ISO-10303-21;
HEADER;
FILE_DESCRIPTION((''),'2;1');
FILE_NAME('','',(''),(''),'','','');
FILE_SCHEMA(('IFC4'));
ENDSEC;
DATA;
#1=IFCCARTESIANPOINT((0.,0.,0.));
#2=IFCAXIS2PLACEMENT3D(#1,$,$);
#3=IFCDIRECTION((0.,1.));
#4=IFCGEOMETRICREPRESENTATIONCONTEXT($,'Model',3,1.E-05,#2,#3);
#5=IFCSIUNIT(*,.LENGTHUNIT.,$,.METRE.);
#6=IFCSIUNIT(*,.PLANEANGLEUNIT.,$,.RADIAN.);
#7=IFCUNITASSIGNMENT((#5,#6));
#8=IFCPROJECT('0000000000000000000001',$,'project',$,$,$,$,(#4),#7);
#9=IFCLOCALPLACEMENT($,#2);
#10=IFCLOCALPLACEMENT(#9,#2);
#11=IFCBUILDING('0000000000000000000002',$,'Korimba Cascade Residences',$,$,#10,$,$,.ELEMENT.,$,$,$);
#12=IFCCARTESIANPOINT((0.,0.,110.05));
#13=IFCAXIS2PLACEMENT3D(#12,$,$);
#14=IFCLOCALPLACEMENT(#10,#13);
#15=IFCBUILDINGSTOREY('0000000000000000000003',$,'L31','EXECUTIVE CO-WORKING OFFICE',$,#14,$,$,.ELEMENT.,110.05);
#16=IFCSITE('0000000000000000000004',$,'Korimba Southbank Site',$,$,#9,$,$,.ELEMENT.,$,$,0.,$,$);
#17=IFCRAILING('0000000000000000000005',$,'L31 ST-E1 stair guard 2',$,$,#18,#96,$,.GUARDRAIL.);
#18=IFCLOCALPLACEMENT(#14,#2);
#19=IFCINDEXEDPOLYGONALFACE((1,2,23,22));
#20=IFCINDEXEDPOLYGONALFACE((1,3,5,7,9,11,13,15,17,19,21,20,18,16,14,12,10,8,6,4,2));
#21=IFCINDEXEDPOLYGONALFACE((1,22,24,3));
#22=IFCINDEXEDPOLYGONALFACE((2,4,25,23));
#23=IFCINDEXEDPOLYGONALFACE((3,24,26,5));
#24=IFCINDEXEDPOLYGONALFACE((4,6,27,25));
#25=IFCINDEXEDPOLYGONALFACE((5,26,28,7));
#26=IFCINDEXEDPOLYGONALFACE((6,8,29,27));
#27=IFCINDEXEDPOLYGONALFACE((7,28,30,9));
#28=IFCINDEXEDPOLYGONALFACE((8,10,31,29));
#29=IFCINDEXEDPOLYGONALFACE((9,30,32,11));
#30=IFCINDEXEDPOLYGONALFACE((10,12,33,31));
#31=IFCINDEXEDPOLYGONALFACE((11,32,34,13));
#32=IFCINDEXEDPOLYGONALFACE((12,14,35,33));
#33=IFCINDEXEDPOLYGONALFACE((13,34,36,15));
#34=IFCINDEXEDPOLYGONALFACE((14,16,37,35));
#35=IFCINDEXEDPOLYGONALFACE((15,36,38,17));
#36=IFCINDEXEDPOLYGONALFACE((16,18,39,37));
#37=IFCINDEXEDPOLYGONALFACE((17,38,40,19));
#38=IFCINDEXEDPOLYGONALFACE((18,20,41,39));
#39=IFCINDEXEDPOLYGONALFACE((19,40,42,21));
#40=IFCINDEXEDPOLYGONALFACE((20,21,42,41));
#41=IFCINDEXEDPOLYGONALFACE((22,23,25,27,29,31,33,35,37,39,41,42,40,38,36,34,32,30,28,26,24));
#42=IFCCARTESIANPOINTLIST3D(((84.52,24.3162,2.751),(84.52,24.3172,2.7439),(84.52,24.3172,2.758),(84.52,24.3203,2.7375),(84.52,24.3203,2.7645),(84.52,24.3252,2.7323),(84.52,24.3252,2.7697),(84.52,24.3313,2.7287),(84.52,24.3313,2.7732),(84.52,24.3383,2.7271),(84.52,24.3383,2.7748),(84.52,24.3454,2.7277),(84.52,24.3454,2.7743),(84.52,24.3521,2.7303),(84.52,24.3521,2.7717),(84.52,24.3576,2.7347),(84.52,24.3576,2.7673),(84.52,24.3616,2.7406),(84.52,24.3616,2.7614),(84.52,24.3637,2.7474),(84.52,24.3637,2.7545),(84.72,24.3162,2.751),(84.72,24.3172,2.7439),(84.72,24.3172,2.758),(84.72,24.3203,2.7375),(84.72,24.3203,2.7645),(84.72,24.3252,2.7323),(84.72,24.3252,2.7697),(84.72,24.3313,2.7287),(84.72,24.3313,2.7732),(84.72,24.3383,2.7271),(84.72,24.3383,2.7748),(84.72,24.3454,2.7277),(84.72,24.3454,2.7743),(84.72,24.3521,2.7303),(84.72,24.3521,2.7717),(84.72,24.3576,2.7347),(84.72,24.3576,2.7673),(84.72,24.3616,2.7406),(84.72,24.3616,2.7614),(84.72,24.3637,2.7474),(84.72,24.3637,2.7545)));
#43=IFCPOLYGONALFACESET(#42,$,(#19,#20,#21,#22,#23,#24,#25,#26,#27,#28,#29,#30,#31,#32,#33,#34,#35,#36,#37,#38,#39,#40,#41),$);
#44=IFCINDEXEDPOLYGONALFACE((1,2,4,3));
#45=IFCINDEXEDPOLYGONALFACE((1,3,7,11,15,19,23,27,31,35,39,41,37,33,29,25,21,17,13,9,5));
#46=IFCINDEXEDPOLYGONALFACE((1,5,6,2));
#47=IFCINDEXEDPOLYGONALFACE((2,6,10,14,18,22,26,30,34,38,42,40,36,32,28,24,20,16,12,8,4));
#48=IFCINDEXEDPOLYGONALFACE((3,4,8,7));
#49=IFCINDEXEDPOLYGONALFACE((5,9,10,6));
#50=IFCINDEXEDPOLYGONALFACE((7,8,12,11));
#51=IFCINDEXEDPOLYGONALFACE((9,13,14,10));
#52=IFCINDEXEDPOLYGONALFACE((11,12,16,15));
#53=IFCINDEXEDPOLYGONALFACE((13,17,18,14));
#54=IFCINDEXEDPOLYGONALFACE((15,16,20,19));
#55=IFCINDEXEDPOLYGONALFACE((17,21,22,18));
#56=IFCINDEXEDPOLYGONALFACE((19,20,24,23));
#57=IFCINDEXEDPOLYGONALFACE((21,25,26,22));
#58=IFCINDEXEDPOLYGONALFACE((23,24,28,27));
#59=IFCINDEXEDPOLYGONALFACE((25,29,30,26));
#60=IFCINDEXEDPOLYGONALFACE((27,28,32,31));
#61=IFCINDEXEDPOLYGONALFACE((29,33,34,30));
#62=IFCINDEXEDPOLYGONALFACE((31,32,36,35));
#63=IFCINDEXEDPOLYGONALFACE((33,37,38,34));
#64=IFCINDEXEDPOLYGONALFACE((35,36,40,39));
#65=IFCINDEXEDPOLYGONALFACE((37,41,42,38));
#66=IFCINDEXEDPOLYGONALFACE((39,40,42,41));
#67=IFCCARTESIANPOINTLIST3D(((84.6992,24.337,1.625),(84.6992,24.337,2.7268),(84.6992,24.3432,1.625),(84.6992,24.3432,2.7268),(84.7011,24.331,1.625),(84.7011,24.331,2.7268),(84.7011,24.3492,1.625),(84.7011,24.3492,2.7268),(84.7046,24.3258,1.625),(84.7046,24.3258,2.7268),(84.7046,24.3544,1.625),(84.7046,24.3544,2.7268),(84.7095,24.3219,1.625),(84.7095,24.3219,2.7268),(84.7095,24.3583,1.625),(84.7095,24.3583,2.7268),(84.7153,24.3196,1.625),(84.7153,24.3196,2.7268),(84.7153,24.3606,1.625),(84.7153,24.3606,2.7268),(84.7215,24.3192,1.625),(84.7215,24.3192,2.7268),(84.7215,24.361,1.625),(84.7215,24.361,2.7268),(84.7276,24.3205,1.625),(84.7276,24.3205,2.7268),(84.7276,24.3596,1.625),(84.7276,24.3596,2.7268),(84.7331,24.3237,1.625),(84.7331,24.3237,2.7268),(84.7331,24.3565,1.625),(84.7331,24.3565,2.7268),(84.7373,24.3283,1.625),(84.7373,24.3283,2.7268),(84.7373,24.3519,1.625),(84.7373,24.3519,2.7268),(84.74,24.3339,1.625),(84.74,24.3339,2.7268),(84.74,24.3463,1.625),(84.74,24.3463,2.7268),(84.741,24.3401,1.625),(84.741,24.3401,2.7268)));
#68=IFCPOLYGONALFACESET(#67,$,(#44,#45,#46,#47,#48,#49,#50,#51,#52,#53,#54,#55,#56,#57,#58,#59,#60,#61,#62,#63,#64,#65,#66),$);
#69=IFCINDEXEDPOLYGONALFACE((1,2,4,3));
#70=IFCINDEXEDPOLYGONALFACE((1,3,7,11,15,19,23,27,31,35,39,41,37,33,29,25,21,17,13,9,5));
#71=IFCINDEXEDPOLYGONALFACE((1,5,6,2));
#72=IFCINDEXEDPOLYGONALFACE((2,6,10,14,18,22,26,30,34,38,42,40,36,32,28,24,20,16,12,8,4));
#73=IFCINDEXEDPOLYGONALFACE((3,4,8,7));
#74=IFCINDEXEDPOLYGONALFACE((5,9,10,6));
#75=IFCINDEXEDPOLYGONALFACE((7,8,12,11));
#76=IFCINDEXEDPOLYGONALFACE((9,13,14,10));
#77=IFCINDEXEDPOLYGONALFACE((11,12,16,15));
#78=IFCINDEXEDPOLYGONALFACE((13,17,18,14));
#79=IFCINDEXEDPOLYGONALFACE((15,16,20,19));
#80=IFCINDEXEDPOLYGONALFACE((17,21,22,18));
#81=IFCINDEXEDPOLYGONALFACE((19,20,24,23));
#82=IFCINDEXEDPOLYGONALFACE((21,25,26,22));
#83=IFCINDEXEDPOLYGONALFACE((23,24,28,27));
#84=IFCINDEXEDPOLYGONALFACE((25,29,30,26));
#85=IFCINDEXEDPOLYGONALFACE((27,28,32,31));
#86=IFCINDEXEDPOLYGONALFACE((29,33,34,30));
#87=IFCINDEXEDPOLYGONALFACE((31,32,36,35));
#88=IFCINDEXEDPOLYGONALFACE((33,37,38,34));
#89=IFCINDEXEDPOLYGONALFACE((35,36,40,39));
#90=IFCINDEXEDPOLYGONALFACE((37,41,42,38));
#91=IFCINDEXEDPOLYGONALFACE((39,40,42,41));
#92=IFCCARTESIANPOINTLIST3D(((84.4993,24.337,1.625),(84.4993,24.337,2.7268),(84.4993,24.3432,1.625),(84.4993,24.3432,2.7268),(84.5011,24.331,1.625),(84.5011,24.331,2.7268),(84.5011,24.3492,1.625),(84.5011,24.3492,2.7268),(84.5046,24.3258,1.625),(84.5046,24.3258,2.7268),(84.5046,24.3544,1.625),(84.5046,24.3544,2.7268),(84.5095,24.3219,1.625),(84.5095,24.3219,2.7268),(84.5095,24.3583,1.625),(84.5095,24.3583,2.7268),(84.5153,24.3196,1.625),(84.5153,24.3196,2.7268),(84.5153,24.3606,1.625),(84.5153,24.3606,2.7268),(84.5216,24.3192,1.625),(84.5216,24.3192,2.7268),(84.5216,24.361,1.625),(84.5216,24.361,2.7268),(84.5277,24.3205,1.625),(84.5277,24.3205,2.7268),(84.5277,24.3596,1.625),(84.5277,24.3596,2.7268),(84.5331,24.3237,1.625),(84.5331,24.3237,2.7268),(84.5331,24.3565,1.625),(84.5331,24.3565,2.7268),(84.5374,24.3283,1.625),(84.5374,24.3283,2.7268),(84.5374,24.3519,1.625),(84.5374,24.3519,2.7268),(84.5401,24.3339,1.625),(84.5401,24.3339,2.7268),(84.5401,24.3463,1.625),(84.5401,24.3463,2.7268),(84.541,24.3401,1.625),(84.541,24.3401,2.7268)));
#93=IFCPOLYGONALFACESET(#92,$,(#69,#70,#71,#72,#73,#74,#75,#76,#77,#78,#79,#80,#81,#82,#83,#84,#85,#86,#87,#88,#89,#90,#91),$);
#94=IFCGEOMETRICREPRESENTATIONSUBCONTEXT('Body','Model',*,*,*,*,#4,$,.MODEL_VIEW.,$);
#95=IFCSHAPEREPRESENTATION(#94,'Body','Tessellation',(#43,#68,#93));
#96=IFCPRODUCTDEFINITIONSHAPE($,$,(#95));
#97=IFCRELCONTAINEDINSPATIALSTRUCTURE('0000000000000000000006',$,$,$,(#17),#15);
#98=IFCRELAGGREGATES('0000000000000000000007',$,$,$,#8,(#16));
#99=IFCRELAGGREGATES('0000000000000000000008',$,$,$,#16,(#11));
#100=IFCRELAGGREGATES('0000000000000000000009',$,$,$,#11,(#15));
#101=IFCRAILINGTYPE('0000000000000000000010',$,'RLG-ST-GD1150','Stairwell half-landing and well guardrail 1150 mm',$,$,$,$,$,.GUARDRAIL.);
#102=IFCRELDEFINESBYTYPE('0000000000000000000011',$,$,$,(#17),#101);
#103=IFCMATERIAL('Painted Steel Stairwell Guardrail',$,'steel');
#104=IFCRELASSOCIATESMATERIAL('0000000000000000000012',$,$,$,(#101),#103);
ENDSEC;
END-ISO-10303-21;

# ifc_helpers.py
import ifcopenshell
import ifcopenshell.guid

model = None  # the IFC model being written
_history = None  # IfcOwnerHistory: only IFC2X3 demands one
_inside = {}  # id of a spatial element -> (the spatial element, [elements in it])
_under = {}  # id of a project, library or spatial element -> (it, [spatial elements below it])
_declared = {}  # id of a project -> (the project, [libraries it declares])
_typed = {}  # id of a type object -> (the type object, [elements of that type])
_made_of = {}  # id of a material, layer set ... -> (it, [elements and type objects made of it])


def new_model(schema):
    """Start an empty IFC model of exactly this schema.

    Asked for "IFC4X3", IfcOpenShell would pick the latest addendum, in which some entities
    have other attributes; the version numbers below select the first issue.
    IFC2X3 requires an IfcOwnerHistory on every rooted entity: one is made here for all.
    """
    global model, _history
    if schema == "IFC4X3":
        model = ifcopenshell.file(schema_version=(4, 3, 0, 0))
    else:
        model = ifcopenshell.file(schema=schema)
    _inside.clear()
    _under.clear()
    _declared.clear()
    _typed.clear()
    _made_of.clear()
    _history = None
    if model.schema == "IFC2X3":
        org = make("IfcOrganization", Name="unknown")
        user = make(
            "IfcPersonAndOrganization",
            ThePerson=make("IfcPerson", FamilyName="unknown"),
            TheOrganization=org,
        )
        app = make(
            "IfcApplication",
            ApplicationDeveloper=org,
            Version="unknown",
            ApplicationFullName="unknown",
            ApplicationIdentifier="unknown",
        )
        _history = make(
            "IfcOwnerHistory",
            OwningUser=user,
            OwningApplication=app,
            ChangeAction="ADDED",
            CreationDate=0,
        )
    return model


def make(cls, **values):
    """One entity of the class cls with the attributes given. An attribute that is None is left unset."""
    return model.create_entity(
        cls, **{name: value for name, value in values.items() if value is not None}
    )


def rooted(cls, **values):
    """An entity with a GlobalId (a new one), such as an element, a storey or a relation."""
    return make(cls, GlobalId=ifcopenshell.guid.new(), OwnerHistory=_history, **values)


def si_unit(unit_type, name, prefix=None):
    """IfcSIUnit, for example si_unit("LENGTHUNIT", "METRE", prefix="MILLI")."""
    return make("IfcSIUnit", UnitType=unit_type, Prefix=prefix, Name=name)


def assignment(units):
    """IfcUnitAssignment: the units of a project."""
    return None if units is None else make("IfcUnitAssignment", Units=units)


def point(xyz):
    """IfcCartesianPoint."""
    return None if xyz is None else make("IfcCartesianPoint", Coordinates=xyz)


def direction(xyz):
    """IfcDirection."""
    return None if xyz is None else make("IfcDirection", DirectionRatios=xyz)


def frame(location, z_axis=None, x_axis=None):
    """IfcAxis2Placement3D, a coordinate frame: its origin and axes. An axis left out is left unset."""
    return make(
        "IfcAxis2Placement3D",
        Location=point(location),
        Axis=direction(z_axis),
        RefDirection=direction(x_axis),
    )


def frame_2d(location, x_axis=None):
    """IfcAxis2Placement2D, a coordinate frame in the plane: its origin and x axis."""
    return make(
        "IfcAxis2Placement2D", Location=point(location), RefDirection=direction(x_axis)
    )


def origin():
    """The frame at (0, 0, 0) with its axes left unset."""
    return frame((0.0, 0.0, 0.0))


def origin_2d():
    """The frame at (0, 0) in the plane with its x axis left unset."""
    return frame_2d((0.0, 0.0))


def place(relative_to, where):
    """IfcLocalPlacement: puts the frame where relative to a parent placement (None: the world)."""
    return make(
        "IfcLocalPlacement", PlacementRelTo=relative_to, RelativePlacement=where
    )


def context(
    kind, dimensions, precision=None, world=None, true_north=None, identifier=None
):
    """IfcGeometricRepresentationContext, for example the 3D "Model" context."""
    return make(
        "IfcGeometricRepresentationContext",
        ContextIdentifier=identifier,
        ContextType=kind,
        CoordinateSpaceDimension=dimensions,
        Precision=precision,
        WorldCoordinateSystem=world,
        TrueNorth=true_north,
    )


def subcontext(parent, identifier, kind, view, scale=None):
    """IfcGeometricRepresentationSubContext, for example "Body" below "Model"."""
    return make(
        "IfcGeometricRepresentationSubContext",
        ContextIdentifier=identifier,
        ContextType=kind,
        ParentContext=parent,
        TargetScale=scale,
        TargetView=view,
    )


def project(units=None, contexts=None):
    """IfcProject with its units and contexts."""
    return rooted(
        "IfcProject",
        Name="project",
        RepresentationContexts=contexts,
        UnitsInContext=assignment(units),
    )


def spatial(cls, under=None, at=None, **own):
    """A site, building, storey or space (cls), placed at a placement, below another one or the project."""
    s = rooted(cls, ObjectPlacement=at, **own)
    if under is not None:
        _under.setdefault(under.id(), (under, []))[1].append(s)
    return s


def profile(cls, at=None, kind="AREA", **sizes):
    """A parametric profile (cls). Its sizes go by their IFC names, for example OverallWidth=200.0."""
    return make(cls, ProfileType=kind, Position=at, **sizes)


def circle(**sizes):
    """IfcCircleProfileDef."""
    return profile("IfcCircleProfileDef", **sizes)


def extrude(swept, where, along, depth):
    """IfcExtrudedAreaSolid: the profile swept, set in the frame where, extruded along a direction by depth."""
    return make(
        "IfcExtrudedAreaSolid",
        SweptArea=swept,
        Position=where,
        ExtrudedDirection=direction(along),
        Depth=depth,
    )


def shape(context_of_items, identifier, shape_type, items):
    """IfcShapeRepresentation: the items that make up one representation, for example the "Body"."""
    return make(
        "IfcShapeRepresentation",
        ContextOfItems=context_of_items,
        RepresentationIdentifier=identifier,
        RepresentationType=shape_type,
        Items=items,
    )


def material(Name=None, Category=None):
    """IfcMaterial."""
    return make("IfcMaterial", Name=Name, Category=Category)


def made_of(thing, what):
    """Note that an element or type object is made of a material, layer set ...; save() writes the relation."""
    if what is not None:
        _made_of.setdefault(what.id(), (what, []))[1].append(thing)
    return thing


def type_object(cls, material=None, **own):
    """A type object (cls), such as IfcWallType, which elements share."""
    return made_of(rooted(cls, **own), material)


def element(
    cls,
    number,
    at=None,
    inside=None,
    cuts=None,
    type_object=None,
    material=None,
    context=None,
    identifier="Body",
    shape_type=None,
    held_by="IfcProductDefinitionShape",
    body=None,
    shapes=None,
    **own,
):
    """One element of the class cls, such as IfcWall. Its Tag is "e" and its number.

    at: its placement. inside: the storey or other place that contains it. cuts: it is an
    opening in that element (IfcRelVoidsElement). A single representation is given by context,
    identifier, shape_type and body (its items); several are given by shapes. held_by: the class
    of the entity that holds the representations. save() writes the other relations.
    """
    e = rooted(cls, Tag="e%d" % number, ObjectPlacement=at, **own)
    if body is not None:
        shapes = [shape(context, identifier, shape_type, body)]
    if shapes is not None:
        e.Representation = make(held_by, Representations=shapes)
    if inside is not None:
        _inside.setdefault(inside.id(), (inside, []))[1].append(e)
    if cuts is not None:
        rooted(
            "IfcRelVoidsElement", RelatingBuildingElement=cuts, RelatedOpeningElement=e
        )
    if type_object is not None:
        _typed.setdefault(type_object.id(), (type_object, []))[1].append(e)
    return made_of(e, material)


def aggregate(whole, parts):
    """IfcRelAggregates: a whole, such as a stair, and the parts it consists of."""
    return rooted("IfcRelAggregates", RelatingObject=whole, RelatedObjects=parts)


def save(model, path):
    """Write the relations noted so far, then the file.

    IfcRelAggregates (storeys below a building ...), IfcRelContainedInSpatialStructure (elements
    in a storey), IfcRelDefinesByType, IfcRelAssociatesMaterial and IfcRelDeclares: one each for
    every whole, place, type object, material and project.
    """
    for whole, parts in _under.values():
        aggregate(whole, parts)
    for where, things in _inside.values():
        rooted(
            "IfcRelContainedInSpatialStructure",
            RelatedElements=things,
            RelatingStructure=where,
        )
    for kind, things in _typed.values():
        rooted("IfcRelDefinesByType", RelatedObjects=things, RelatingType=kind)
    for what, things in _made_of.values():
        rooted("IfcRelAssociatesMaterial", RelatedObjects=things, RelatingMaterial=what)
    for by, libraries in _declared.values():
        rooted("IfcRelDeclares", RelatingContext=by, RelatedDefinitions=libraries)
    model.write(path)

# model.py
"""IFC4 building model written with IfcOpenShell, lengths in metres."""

from ifc_helpers import new_model, si_unit, direction, frame, origin, origin_2d, place, context, subcontext, project, spatial, circle, extrude, material, type_object, element, save


model = new_model("IFC4")

# Units and contexts
model_context = context("Model", 3, precision=1e-05, world=origin(), true_north=direction((0.0, 1.0)))
body_context = subcontext(model_context, "Body", "Model", "MODEL_VIEW")
ifc_project = project(units=[si_unit("LENGTHUNIT", "METRE"), si_unit("PLANEANGLEUNIT", "RADIAN")], contexts=[model_context])

# Site, building, storey
site_placement = place(None, origin())
site = spatial("IfcSite", under=ifc_project, at=site_placement, Name="Korimba Southbank Site", CompositionType="ELEMENT", RefElevation=0.0)
building_placement = place(site_placement, origin())
building = spatial("IfcBuilding", under=site, at=building_placement, Name="Korimba Cascade Residences", CompositionType="ELEMENT")
storey_placement = place(building_placement, frame((0.0, 0.0, 110.05)))
storey = spatial("IfcBuildingStorey", under=building, at=storey_placement, Name="L31", Description="EXECUTIVE CO-WORKING OFFICE", CompositionType="ELEMENT", Elevation=110.05)

# Railing
ifc_material_1 = material(Name="Painted Steel Stairwell Guardrail", Category="steel")
railing_type_1 = type_object("IfcRailingType", Name="RLG-ST-GD1150", Description="Stairwell half-landing and well guardrail 1150 mm", PredefinedType="GUARDRAIL", material=ifc_material_1)
railing_1_placement = place(storey_placement, frame((84.72, 24.3401, 1.625)))
element("IfcRailing", 1, at=railing_1_placement, inside=storey, type_object=railing_type_1, Name="L31 ST-E1 stair guard 2", PredefinedType="GUARDRAIL", context=body_context, shape_type="SweptSolid", body=[
    extrude(circle(Radius=0.0239, at=origin_2d()), frame((0.0, 0.0, 1.126), z_axis=(-1.0, 0.0, 0.0), x_axis=(0.0, -1.0, 0.0)), (0.0, 0.0, 1.0), 0.2),
    extrude(circle(Radius=0.021, at=origin_2d()), origin(), (0.0, 0.0, 1.0), 1.1018),
    extrude(circle(Radius=0.021, at=origin_2d()), frame((-0.2, 0.0, 0.0)), (0.0, 0.0, 1.0), 1.1018),
])

save(model, "model.ifc")
